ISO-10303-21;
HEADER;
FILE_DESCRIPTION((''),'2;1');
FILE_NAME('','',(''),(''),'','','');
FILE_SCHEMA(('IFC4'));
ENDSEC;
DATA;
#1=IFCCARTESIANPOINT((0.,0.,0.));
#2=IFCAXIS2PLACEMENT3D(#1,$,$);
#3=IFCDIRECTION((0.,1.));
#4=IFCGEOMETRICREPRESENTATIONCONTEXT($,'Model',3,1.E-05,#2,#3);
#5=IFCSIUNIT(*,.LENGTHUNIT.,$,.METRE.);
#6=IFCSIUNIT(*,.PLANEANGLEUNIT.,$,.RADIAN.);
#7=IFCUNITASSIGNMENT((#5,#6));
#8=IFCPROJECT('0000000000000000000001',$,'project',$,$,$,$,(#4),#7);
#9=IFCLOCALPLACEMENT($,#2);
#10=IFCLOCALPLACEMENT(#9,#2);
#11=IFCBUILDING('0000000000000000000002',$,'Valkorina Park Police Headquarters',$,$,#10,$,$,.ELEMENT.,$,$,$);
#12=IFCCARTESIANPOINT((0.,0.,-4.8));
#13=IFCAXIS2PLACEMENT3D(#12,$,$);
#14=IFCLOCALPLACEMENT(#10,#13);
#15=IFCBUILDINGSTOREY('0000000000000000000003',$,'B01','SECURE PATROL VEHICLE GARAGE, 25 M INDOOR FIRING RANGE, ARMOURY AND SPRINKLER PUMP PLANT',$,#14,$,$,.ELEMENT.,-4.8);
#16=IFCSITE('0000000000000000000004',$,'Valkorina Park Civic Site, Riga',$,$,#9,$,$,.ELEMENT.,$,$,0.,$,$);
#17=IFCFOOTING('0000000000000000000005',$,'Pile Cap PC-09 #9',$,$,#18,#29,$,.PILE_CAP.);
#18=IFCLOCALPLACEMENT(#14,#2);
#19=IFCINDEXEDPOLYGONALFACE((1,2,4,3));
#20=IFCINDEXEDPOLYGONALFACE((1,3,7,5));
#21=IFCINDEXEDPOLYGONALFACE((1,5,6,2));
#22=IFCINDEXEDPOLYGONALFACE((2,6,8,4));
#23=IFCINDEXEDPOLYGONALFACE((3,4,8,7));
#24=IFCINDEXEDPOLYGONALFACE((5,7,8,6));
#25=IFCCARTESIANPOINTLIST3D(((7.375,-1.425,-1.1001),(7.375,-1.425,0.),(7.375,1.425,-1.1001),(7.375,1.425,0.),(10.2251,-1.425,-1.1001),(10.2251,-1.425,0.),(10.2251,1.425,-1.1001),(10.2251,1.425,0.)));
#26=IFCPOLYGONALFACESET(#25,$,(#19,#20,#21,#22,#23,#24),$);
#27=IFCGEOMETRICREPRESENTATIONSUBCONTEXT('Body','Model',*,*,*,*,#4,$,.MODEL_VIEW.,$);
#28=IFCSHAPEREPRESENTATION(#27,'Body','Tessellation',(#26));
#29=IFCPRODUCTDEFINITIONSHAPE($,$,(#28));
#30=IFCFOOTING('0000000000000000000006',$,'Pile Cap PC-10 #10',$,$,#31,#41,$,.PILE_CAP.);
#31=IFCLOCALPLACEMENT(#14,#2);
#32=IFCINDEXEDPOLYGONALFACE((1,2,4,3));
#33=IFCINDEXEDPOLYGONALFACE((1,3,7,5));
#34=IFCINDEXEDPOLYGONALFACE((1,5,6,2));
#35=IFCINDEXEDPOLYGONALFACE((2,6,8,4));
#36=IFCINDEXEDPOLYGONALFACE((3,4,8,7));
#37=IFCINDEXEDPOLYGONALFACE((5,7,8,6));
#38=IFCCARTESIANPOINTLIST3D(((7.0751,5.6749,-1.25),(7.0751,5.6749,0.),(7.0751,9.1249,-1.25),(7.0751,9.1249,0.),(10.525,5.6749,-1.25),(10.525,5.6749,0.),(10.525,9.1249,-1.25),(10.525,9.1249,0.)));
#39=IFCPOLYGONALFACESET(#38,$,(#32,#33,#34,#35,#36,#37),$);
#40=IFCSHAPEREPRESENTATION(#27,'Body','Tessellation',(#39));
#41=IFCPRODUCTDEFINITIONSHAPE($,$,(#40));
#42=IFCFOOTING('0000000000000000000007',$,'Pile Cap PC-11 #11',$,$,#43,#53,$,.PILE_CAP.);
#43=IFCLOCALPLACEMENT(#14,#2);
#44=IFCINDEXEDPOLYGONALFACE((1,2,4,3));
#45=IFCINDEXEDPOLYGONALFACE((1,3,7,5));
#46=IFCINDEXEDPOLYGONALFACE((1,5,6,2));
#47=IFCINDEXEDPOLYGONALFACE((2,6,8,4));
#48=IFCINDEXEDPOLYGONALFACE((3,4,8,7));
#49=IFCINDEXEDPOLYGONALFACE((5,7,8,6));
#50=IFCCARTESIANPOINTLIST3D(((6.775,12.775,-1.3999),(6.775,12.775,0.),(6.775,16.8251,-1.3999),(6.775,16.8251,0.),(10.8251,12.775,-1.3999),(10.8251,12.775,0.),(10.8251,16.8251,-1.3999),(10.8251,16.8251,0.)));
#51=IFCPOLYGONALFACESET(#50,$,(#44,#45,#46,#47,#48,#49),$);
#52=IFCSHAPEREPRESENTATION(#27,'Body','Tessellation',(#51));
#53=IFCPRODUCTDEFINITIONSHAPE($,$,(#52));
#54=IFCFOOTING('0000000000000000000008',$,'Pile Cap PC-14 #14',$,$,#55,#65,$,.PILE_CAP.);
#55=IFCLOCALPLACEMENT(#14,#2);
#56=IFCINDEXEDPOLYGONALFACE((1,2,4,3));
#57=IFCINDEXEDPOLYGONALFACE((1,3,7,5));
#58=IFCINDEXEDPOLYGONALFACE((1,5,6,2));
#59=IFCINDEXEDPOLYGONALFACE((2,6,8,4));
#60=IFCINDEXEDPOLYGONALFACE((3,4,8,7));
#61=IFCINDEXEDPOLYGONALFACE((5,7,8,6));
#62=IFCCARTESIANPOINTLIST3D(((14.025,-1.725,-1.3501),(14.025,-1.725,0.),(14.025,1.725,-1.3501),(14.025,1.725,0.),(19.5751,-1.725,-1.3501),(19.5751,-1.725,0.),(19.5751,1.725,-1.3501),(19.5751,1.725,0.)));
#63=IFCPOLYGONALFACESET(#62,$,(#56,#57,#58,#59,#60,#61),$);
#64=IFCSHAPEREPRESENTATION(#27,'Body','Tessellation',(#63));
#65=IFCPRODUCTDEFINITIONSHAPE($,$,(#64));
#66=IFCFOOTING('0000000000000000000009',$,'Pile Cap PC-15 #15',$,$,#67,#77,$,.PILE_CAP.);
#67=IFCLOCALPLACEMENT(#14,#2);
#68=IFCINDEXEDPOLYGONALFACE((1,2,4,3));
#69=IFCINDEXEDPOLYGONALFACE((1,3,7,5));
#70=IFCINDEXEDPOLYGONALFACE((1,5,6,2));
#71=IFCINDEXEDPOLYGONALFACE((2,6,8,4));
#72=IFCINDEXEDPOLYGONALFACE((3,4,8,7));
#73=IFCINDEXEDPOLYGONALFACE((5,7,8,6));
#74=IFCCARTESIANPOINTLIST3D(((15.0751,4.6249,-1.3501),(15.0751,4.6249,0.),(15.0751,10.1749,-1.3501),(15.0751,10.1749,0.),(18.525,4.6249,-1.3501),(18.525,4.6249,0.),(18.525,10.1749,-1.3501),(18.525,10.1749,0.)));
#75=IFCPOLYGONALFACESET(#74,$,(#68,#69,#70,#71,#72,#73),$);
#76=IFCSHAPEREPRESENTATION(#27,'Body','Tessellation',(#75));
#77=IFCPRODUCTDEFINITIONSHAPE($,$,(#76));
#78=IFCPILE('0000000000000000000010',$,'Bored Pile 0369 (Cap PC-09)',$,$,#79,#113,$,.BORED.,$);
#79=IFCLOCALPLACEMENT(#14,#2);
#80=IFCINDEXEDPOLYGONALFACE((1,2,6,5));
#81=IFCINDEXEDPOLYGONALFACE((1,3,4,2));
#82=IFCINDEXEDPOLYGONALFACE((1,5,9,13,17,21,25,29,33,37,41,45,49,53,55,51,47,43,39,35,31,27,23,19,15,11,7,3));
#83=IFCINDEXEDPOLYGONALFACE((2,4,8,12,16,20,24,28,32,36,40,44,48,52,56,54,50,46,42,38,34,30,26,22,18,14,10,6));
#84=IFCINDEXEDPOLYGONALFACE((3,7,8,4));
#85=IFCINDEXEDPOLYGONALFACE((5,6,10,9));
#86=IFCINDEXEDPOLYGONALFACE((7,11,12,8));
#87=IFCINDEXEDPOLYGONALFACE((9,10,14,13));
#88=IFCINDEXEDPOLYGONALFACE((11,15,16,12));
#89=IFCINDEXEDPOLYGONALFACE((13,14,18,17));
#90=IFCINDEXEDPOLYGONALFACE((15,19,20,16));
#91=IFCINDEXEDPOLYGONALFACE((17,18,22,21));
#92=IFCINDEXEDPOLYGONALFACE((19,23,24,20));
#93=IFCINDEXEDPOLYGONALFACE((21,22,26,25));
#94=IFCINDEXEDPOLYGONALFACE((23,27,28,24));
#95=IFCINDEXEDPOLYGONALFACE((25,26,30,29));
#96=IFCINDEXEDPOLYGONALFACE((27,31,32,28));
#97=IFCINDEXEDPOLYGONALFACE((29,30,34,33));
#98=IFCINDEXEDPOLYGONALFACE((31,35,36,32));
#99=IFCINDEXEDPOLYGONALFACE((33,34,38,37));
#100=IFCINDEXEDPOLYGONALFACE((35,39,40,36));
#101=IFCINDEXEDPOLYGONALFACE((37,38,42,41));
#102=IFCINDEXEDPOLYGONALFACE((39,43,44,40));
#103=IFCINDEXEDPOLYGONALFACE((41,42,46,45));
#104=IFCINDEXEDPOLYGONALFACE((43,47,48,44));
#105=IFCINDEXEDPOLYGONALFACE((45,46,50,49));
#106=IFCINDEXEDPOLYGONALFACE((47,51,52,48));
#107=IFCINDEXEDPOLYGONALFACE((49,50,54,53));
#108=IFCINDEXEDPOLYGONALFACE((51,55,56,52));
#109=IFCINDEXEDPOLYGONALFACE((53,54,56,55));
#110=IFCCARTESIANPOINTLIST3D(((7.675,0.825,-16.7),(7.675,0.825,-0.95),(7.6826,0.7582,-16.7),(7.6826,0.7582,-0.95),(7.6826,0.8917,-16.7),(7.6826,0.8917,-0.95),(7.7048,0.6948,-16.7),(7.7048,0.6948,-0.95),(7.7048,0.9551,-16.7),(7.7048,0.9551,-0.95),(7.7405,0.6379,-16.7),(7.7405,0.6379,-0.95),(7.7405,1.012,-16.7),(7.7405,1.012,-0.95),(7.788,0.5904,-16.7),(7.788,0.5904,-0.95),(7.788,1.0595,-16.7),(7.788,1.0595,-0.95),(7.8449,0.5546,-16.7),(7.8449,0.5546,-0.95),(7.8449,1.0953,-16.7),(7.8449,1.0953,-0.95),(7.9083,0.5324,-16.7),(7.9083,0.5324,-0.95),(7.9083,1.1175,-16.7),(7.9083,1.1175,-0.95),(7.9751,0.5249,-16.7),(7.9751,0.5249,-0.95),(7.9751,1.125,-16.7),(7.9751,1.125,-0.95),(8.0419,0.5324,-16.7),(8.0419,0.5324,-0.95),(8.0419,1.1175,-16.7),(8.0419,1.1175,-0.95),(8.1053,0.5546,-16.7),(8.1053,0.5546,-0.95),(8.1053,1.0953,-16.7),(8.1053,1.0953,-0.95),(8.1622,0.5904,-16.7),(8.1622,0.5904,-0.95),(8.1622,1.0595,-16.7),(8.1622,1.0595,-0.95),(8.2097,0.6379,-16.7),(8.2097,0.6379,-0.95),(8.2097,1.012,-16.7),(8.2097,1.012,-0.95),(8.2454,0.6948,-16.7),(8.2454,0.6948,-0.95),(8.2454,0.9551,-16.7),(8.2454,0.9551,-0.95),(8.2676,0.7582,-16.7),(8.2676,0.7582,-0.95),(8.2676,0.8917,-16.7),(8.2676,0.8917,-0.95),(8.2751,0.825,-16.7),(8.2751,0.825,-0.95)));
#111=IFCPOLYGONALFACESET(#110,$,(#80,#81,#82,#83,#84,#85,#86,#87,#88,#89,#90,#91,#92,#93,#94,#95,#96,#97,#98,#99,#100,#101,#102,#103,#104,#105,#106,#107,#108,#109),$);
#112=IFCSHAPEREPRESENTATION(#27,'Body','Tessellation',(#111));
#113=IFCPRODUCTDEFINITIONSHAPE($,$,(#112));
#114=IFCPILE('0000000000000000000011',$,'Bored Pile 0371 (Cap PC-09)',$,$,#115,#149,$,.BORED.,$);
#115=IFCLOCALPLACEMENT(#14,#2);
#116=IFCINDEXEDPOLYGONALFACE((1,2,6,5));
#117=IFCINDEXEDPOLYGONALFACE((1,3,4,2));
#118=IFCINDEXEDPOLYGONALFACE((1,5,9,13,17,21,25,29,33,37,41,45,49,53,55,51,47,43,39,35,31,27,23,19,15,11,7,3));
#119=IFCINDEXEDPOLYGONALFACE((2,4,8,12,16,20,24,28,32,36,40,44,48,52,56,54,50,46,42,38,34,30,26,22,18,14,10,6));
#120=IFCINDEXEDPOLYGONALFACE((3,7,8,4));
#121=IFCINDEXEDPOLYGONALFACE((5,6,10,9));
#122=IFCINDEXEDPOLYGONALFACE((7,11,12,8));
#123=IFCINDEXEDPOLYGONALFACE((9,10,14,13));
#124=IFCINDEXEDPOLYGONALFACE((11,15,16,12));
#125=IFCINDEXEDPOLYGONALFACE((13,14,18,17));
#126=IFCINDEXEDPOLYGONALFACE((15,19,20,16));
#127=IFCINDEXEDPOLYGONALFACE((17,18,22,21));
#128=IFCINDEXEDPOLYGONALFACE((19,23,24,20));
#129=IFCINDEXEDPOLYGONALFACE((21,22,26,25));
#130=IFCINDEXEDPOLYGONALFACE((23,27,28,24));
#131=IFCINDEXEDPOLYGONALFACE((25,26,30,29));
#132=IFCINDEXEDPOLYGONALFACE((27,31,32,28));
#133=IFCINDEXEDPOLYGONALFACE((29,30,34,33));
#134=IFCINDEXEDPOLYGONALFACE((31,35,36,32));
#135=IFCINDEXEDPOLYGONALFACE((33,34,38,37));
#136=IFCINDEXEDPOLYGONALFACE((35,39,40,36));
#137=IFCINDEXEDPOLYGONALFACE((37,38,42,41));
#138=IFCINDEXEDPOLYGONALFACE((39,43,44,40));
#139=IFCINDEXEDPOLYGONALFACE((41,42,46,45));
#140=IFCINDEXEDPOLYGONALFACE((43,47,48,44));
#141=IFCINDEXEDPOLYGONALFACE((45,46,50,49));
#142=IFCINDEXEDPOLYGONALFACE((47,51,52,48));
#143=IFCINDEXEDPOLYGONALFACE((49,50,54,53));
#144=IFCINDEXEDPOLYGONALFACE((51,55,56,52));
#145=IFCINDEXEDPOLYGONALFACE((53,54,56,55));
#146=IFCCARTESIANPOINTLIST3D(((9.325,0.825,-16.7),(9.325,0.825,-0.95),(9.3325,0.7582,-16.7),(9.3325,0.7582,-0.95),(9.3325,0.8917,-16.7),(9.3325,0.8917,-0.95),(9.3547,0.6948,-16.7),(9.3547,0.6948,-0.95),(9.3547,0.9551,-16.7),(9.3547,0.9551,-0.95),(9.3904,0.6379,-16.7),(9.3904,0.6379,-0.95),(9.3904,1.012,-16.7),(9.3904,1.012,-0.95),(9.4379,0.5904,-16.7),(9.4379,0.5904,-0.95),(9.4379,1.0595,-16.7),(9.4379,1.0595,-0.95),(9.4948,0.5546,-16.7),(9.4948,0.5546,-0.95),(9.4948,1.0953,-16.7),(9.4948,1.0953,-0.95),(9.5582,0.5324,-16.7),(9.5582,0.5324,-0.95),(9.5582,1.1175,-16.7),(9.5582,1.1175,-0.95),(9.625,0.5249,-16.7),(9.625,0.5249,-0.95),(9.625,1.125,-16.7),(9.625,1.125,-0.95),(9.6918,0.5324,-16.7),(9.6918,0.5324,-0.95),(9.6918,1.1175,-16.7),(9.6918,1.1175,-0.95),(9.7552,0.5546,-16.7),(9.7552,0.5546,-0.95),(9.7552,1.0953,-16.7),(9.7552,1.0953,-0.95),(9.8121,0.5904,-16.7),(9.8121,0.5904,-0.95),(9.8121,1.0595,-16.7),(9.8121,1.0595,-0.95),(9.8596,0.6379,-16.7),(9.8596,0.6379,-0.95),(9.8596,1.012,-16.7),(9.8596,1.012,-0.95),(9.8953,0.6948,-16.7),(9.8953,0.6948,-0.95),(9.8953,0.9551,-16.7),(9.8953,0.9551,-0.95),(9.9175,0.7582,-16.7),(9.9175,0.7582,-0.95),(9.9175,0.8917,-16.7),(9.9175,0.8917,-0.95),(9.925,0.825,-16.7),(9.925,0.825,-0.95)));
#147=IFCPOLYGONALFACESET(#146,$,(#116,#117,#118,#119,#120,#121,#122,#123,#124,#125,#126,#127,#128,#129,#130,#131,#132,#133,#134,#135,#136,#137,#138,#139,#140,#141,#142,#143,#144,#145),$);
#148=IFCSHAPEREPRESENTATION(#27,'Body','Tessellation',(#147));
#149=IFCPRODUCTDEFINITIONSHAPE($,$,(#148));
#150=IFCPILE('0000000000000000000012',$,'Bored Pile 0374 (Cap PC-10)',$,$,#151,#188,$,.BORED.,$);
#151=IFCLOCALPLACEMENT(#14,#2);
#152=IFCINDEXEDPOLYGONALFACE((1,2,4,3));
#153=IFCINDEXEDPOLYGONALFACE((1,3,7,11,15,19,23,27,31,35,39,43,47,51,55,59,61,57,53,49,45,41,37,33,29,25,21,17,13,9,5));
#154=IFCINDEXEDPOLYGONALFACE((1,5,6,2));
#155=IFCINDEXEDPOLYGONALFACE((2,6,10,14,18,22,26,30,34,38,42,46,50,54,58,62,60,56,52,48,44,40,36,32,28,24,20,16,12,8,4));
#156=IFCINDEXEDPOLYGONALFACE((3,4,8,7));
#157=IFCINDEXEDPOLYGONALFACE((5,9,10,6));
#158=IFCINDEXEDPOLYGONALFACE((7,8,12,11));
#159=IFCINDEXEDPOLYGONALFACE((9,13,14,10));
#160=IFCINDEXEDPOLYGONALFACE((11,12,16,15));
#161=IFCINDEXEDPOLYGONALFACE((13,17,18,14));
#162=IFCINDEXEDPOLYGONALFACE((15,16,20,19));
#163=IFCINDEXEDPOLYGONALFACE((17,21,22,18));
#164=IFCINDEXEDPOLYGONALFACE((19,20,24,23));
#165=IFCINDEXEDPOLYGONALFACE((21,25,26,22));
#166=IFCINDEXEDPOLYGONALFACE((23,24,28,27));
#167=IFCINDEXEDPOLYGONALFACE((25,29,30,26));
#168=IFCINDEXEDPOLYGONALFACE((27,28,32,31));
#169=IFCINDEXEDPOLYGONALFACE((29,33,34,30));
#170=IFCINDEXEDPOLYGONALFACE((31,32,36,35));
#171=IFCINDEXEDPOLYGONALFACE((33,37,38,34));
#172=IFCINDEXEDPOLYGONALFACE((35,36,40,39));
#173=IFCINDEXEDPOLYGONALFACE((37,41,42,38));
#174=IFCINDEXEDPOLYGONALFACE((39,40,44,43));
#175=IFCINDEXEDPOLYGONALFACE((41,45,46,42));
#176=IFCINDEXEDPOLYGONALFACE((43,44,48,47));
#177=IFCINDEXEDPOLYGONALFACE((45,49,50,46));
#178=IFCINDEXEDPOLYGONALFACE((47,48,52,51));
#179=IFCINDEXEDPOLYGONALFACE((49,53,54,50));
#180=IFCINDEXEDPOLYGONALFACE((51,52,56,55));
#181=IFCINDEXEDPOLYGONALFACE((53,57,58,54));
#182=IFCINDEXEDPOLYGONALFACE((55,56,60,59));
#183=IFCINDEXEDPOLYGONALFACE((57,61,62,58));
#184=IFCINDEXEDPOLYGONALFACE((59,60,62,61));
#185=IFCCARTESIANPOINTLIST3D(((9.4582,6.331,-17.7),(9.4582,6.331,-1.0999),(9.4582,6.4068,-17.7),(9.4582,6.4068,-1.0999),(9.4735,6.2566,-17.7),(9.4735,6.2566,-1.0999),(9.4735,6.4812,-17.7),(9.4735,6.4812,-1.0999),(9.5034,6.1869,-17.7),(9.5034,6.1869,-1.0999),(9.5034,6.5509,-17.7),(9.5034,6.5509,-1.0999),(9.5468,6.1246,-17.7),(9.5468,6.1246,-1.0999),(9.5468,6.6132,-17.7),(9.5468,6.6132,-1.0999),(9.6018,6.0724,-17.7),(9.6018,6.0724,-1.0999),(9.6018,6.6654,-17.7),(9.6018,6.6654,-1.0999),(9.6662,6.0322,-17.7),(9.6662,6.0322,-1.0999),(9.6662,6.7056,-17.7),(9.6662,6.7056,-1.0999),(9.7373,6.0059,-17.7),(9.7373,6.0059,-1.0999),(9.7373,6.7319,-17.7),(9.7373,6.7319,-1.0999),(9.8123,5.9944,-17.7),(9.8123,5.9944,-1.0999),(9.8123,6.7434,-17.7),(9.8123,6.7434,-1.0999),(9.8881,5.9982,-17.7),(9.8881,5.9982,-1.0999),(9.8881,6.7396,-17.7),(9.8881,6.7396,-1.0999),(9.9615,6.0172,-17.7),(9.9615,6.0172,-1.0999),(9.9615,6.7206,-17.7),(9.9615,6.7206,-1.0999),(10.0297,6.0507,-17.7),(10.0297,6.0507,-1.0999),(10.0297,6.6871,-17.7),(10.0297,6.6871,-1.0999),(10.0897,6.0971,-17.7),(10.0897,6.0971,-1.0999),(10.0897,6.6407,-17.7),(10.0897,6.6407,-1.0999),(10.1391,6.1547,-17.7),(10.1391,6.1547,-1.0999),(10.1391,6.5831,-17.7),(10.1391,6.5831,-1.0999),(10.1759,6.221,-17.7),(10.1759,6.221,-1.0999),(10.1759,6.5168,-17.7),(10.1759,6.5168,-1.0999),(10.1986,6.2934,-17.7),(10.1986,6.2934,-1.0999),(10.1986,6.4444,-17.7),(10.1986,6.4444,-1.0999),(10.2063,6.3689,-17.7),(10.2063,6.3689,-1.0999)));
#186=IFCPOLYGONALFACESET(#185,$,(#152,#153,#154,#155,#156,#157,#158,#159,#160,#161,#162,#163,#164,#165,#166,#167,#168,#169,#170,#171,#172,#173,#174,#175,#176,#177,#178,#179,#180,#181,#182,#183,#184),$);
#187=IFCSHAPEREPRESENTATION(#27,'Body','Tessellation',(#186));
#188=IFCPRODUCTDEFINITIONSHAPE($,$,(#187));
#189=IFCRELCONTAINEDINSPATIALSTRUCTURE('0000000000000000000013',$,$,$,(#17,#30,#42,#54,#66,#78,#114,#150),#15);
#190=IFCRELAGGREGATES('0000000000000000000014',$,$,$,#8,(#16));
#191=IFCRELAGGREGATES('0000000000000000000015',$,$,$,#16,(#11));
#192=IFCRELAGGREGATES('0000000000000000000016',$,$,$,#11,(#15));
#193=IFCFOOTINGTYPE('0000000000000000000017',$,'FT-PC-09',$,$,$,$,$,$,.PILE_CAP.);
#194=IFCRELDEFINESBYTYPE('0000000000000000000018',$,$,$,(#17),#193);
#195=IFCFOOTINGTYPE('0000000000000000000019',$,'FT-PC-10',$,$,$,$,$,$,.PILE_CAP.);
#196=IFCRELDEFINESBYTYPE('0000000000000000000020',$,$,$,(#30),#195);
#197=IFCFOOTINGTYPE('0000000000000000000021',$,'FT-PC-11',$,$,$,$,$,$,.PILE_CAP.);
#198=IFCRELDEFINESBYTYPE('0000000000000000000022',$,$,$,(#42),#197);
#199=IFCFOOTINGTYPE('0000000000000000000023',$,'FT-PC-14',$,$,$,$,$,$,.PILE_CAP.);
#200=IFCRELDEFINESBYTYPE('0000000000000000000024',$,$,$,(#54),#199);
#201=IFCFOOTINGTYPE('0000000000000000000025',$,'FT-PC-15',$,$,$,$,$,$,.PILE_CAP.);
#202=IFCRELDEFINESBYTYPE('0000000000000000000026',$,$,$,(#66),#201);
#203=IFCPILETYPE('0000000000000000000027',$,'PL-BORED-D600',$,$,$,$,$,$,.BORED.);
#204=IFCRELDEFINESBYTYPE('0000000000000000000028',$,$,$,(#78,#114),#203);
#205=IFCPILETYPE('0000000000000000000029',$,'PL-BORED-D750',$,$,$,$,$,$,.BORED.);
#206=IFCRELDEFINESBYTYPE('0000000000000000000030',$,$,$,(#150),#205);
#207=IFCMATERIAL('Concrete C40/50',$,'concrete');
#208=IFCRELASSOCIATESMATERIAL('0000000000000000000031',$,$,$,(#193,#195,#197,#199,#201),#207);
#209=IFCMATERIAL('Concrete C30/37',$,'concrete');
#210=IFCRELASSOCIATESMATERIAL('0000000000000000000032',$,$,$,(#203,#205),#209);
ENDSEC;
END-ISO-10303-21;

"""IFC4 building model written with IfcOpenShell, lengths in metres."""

from ifc_helpers import new_model, si_unit, direction, frame, origin, origin_2d, place, context, subcontext, project, spatial, rectangle, circle, extrude, material, material_profile, profile_set, type_object, element, save


model = new_model("IFC4")

# Units and contexts
model_context = context("Model", 3, precision=1e-05, world=origin(), true_north=direction((0.0, 1.0)))
body_context = subcontext(model_context, "Body", "Model", "MODEL_VIEW")
ifc_project = project(units=[si_unit("LENGTHUNIT", "METRE"), si_unit("PLANEANGLEUNIT", "RADIAN")], contexts=[model_context])

# Site, building, storey
site_placement = place(None, origin())
site = spatial("IfcSite", under=ifc_project, at=site_placement, Name="Valkorina Park Civic Site, Riga", CompositionType="ELEMENT", RefElevation=0.0)
building_placement = place(site_placement, origin())
building = spatial("IfcBuilding", under=site, at=building_placement, Name="Valkorina Park Police Headquarters", CompositionType="ELEMENT")
storey_placement = place(building_placement, frame((0.0, 0.0, -4.8)))
storey = spatial("IfcBuildingStorey", under=building, at=storey_placement, Name="B01", Description="SECURE PATROL VEHICLE GARAGE, 25 M INDOOR FIRING RANGE, ARMOURY AND SPRINKLER PUMP PLANT", CompositionType="ELEMENT", Elevation=-4.8)

# Footings
ifc_material_1 = material(Name="Concrete C40/50", Category="concrete")
footing_type_1 = type_object("IfcFootingType", Name="FT-PC-09", PredefinedType="PILE_CAP", material=ifc_material_1)
footing_1_placement = place(storey_placement, frame((8.8, 0.0, -1.1001), z_axis=(0.0, 0.0, 1.0), x_axis=(1.0, 0.0, 0.0)))
element("IfcFooting", 1, at=footing_1_placement, inside=storey, type_object=footing_type_1, Name="Pile Cap PC-09 #9", PredefinedType="PILE_CAP", context=body_context, shape_type="SweptSolid", body=[
    extrude(rectangle(XDim=2.8501, YDim=2.8501, at=origin_2d()), origin(), (0.0, 0.0, 1.0), 1.1001),
])
footing_type_2 = type_object("IfcFootingType", Name="FT-PC-10", PredefinedType="PILE_CAP", material=ifc_material_1)
footing_2_placement = place(storey_placement, frame((8.8, 7.3999, -1.25), z_axis=(0.0, 0.0, 1.0), x_axis=(1.0, 0.0, 0.0)))
element("IfcFooting", 2, at=footing_2_placement, inside=storey, type_object=footing_type_2, Name="Pile Cap PC-10 #10", PredefinedType="PILE_CAP", context=body_context, shape_type="SweptSolid", body=[
    extrude(rectangle(XDim=3.45, YDim=3.45, at=origin_2d()), origin(), (0.0, 0.0, 1.0), 1.25),
])
footing_type_3 = type_object("IfcFootingType", Name="FT-PC-11", PredefinedType="PILE_CAP", material=ifc_material_1)
footing_3_placement = place(storey_placement, frame((8.8, 14.8, -1.3999), z_axis=(0.0, 0.0, 1.0), x_axis=(1.0, 0.0, 0.0)))
element("IfcFooting", 3, at=footing_3_placement, inside=storey, type_object=footing_type_3, Name="Pile Cap PC-11 #11", PredefinedType="PILE_CAP", context=body_context, shape_type="SweptSolid", body=[
    extrude(rectangle(XDim=4.05, YDim=4.05, at=origin_2d()), origin(), (0.0, 0.0, 1.0), 1.3999),
])
footing_type_4 = type_object("IfcFootingType", Name="FT-PC-14", PredefinedType="PILE_CAP", material=ifc_material_1)
footing_4_placement = place(storey_placement, frame((16.8, 0.0, -1.3501), z_axis=(0.0, 0.0, 1.0), x_axis=(1.0, 0.0, 0.0)))
element("IfcFooting", 4, at=footing_4_placement, inside=storey, type_object=footing_type_4, Name="Pile Cap PC-14 #14", PredefinedType="PILE_CAP", context=body_context, shape_type="SweptSolid", body=[
    extrude(rectangle(XDim=5.55, YDim=3.45, at=origin_2d()), origin(), (0.0, 0.0, 1.0), 1.3501),
])
footing_type_5 = type_object("IfcFootingType", Name="FT-PC-15", PredefinedType="PILE_CAP", material=ifc_material_1)
footing_5_placement = place(storey_placement, frame((16.8, 7.3999, -1.3501), z_axis=(0.0, 0.0, 1.0), x_axis=(1.0, 0.0, 0.0)))
element("IfcFooting", 5, at=footing_5_placement, inside=storey, type_object=footing_type_5, Name="Pile Cap PC-15 #15", PredefinedType="PILE_CAP", context=body_context, shape_type="SweptSolid", body=[
    extrude(rectangle(XDim=3.45, YDim=5.55, at=origin_2d()), origin(), (0.0, 0.0, 1.0), 1.3501),
])

# Piles
ifc_material_2 = material(Name="Concrete C30/37", Category="concrete")
ifc_material_profile_1 = material_profile(ifc_material_2, circle(Radius=0.3, at=origin_2d()), Name="BORED PILE D600")
ifc_profile_set_1 = profile_set([ifc_material_profile_1], Name="Concrete C30/37")
pile_type_1 = type_object("IfcPileType", Name="PL-BORED-D600", PredefinedType="BORED", material=ifc_profile_set_1)
for number, where, z_axis, x_axis, name in (
    (6, (7.9751, 0.825, -0.95), (0.0, 0.0, -1.0), (1.0, 0.0, 0.0), "Bored Pile 0369 (Cap PC-09)"),
    (7, (9.625, 0.825, -0.95), (0.0, 0.0, -1.0), (1.0, 0.0, 0.0), "Bored Pile 0371 (Cap PC-09)"),
):
    element("IfcPile", number, at=place(storey_placement, frame(where, z_axis=z_axis, x_axis=x_axis)), inside=storey, type_object=pile_type_1, Name=name, PredefinedType="BORED", context=body_context, shape_type="SweptSolid", body=[
        extrude(circle(Radius=0.3, at=origin_2d()), origin(), (0.0, 0.0, 1.0), 15.75),
    ])
ifc_material_profile_2 = material_profile(ifc_material_2, circle(Radius=0.375, at=origin_2d()), Name="BORED PILE D750")
ifc_profile_set_2 = profile_set([ifc_material_profile_2], Name="Concrete C30/37")
pile_type_2 = type_object("IfcPileType", Name="PL-BORED-D750", PredefinedType="BORED", material=ifc_profile_set_2)
for number, where, z_axis, x_axis, name in (
    (8, (9.8313, 6.3689, -1.0999), (0.0, 0.0, -1.0), (1.0, 0.0, 0.0), "Bored Pile 0374 (Cap PC-10)"),
):
    element("IfcPile", number, at=place(storey_placement, frame(where, z_axis=z_axis, x_axis=x_axis)), inside=storey, type_object=pile_type_2, Name=name, PredefinedType="BORED", context=body_context, shape_type="SweptSolid", body=[
        extrude(circle(Radius=0.375, at=origin_2d()), origin(), (0.0, 0.0, 1.0), 16.6001),
    ])

save(model, "model.ifc")
